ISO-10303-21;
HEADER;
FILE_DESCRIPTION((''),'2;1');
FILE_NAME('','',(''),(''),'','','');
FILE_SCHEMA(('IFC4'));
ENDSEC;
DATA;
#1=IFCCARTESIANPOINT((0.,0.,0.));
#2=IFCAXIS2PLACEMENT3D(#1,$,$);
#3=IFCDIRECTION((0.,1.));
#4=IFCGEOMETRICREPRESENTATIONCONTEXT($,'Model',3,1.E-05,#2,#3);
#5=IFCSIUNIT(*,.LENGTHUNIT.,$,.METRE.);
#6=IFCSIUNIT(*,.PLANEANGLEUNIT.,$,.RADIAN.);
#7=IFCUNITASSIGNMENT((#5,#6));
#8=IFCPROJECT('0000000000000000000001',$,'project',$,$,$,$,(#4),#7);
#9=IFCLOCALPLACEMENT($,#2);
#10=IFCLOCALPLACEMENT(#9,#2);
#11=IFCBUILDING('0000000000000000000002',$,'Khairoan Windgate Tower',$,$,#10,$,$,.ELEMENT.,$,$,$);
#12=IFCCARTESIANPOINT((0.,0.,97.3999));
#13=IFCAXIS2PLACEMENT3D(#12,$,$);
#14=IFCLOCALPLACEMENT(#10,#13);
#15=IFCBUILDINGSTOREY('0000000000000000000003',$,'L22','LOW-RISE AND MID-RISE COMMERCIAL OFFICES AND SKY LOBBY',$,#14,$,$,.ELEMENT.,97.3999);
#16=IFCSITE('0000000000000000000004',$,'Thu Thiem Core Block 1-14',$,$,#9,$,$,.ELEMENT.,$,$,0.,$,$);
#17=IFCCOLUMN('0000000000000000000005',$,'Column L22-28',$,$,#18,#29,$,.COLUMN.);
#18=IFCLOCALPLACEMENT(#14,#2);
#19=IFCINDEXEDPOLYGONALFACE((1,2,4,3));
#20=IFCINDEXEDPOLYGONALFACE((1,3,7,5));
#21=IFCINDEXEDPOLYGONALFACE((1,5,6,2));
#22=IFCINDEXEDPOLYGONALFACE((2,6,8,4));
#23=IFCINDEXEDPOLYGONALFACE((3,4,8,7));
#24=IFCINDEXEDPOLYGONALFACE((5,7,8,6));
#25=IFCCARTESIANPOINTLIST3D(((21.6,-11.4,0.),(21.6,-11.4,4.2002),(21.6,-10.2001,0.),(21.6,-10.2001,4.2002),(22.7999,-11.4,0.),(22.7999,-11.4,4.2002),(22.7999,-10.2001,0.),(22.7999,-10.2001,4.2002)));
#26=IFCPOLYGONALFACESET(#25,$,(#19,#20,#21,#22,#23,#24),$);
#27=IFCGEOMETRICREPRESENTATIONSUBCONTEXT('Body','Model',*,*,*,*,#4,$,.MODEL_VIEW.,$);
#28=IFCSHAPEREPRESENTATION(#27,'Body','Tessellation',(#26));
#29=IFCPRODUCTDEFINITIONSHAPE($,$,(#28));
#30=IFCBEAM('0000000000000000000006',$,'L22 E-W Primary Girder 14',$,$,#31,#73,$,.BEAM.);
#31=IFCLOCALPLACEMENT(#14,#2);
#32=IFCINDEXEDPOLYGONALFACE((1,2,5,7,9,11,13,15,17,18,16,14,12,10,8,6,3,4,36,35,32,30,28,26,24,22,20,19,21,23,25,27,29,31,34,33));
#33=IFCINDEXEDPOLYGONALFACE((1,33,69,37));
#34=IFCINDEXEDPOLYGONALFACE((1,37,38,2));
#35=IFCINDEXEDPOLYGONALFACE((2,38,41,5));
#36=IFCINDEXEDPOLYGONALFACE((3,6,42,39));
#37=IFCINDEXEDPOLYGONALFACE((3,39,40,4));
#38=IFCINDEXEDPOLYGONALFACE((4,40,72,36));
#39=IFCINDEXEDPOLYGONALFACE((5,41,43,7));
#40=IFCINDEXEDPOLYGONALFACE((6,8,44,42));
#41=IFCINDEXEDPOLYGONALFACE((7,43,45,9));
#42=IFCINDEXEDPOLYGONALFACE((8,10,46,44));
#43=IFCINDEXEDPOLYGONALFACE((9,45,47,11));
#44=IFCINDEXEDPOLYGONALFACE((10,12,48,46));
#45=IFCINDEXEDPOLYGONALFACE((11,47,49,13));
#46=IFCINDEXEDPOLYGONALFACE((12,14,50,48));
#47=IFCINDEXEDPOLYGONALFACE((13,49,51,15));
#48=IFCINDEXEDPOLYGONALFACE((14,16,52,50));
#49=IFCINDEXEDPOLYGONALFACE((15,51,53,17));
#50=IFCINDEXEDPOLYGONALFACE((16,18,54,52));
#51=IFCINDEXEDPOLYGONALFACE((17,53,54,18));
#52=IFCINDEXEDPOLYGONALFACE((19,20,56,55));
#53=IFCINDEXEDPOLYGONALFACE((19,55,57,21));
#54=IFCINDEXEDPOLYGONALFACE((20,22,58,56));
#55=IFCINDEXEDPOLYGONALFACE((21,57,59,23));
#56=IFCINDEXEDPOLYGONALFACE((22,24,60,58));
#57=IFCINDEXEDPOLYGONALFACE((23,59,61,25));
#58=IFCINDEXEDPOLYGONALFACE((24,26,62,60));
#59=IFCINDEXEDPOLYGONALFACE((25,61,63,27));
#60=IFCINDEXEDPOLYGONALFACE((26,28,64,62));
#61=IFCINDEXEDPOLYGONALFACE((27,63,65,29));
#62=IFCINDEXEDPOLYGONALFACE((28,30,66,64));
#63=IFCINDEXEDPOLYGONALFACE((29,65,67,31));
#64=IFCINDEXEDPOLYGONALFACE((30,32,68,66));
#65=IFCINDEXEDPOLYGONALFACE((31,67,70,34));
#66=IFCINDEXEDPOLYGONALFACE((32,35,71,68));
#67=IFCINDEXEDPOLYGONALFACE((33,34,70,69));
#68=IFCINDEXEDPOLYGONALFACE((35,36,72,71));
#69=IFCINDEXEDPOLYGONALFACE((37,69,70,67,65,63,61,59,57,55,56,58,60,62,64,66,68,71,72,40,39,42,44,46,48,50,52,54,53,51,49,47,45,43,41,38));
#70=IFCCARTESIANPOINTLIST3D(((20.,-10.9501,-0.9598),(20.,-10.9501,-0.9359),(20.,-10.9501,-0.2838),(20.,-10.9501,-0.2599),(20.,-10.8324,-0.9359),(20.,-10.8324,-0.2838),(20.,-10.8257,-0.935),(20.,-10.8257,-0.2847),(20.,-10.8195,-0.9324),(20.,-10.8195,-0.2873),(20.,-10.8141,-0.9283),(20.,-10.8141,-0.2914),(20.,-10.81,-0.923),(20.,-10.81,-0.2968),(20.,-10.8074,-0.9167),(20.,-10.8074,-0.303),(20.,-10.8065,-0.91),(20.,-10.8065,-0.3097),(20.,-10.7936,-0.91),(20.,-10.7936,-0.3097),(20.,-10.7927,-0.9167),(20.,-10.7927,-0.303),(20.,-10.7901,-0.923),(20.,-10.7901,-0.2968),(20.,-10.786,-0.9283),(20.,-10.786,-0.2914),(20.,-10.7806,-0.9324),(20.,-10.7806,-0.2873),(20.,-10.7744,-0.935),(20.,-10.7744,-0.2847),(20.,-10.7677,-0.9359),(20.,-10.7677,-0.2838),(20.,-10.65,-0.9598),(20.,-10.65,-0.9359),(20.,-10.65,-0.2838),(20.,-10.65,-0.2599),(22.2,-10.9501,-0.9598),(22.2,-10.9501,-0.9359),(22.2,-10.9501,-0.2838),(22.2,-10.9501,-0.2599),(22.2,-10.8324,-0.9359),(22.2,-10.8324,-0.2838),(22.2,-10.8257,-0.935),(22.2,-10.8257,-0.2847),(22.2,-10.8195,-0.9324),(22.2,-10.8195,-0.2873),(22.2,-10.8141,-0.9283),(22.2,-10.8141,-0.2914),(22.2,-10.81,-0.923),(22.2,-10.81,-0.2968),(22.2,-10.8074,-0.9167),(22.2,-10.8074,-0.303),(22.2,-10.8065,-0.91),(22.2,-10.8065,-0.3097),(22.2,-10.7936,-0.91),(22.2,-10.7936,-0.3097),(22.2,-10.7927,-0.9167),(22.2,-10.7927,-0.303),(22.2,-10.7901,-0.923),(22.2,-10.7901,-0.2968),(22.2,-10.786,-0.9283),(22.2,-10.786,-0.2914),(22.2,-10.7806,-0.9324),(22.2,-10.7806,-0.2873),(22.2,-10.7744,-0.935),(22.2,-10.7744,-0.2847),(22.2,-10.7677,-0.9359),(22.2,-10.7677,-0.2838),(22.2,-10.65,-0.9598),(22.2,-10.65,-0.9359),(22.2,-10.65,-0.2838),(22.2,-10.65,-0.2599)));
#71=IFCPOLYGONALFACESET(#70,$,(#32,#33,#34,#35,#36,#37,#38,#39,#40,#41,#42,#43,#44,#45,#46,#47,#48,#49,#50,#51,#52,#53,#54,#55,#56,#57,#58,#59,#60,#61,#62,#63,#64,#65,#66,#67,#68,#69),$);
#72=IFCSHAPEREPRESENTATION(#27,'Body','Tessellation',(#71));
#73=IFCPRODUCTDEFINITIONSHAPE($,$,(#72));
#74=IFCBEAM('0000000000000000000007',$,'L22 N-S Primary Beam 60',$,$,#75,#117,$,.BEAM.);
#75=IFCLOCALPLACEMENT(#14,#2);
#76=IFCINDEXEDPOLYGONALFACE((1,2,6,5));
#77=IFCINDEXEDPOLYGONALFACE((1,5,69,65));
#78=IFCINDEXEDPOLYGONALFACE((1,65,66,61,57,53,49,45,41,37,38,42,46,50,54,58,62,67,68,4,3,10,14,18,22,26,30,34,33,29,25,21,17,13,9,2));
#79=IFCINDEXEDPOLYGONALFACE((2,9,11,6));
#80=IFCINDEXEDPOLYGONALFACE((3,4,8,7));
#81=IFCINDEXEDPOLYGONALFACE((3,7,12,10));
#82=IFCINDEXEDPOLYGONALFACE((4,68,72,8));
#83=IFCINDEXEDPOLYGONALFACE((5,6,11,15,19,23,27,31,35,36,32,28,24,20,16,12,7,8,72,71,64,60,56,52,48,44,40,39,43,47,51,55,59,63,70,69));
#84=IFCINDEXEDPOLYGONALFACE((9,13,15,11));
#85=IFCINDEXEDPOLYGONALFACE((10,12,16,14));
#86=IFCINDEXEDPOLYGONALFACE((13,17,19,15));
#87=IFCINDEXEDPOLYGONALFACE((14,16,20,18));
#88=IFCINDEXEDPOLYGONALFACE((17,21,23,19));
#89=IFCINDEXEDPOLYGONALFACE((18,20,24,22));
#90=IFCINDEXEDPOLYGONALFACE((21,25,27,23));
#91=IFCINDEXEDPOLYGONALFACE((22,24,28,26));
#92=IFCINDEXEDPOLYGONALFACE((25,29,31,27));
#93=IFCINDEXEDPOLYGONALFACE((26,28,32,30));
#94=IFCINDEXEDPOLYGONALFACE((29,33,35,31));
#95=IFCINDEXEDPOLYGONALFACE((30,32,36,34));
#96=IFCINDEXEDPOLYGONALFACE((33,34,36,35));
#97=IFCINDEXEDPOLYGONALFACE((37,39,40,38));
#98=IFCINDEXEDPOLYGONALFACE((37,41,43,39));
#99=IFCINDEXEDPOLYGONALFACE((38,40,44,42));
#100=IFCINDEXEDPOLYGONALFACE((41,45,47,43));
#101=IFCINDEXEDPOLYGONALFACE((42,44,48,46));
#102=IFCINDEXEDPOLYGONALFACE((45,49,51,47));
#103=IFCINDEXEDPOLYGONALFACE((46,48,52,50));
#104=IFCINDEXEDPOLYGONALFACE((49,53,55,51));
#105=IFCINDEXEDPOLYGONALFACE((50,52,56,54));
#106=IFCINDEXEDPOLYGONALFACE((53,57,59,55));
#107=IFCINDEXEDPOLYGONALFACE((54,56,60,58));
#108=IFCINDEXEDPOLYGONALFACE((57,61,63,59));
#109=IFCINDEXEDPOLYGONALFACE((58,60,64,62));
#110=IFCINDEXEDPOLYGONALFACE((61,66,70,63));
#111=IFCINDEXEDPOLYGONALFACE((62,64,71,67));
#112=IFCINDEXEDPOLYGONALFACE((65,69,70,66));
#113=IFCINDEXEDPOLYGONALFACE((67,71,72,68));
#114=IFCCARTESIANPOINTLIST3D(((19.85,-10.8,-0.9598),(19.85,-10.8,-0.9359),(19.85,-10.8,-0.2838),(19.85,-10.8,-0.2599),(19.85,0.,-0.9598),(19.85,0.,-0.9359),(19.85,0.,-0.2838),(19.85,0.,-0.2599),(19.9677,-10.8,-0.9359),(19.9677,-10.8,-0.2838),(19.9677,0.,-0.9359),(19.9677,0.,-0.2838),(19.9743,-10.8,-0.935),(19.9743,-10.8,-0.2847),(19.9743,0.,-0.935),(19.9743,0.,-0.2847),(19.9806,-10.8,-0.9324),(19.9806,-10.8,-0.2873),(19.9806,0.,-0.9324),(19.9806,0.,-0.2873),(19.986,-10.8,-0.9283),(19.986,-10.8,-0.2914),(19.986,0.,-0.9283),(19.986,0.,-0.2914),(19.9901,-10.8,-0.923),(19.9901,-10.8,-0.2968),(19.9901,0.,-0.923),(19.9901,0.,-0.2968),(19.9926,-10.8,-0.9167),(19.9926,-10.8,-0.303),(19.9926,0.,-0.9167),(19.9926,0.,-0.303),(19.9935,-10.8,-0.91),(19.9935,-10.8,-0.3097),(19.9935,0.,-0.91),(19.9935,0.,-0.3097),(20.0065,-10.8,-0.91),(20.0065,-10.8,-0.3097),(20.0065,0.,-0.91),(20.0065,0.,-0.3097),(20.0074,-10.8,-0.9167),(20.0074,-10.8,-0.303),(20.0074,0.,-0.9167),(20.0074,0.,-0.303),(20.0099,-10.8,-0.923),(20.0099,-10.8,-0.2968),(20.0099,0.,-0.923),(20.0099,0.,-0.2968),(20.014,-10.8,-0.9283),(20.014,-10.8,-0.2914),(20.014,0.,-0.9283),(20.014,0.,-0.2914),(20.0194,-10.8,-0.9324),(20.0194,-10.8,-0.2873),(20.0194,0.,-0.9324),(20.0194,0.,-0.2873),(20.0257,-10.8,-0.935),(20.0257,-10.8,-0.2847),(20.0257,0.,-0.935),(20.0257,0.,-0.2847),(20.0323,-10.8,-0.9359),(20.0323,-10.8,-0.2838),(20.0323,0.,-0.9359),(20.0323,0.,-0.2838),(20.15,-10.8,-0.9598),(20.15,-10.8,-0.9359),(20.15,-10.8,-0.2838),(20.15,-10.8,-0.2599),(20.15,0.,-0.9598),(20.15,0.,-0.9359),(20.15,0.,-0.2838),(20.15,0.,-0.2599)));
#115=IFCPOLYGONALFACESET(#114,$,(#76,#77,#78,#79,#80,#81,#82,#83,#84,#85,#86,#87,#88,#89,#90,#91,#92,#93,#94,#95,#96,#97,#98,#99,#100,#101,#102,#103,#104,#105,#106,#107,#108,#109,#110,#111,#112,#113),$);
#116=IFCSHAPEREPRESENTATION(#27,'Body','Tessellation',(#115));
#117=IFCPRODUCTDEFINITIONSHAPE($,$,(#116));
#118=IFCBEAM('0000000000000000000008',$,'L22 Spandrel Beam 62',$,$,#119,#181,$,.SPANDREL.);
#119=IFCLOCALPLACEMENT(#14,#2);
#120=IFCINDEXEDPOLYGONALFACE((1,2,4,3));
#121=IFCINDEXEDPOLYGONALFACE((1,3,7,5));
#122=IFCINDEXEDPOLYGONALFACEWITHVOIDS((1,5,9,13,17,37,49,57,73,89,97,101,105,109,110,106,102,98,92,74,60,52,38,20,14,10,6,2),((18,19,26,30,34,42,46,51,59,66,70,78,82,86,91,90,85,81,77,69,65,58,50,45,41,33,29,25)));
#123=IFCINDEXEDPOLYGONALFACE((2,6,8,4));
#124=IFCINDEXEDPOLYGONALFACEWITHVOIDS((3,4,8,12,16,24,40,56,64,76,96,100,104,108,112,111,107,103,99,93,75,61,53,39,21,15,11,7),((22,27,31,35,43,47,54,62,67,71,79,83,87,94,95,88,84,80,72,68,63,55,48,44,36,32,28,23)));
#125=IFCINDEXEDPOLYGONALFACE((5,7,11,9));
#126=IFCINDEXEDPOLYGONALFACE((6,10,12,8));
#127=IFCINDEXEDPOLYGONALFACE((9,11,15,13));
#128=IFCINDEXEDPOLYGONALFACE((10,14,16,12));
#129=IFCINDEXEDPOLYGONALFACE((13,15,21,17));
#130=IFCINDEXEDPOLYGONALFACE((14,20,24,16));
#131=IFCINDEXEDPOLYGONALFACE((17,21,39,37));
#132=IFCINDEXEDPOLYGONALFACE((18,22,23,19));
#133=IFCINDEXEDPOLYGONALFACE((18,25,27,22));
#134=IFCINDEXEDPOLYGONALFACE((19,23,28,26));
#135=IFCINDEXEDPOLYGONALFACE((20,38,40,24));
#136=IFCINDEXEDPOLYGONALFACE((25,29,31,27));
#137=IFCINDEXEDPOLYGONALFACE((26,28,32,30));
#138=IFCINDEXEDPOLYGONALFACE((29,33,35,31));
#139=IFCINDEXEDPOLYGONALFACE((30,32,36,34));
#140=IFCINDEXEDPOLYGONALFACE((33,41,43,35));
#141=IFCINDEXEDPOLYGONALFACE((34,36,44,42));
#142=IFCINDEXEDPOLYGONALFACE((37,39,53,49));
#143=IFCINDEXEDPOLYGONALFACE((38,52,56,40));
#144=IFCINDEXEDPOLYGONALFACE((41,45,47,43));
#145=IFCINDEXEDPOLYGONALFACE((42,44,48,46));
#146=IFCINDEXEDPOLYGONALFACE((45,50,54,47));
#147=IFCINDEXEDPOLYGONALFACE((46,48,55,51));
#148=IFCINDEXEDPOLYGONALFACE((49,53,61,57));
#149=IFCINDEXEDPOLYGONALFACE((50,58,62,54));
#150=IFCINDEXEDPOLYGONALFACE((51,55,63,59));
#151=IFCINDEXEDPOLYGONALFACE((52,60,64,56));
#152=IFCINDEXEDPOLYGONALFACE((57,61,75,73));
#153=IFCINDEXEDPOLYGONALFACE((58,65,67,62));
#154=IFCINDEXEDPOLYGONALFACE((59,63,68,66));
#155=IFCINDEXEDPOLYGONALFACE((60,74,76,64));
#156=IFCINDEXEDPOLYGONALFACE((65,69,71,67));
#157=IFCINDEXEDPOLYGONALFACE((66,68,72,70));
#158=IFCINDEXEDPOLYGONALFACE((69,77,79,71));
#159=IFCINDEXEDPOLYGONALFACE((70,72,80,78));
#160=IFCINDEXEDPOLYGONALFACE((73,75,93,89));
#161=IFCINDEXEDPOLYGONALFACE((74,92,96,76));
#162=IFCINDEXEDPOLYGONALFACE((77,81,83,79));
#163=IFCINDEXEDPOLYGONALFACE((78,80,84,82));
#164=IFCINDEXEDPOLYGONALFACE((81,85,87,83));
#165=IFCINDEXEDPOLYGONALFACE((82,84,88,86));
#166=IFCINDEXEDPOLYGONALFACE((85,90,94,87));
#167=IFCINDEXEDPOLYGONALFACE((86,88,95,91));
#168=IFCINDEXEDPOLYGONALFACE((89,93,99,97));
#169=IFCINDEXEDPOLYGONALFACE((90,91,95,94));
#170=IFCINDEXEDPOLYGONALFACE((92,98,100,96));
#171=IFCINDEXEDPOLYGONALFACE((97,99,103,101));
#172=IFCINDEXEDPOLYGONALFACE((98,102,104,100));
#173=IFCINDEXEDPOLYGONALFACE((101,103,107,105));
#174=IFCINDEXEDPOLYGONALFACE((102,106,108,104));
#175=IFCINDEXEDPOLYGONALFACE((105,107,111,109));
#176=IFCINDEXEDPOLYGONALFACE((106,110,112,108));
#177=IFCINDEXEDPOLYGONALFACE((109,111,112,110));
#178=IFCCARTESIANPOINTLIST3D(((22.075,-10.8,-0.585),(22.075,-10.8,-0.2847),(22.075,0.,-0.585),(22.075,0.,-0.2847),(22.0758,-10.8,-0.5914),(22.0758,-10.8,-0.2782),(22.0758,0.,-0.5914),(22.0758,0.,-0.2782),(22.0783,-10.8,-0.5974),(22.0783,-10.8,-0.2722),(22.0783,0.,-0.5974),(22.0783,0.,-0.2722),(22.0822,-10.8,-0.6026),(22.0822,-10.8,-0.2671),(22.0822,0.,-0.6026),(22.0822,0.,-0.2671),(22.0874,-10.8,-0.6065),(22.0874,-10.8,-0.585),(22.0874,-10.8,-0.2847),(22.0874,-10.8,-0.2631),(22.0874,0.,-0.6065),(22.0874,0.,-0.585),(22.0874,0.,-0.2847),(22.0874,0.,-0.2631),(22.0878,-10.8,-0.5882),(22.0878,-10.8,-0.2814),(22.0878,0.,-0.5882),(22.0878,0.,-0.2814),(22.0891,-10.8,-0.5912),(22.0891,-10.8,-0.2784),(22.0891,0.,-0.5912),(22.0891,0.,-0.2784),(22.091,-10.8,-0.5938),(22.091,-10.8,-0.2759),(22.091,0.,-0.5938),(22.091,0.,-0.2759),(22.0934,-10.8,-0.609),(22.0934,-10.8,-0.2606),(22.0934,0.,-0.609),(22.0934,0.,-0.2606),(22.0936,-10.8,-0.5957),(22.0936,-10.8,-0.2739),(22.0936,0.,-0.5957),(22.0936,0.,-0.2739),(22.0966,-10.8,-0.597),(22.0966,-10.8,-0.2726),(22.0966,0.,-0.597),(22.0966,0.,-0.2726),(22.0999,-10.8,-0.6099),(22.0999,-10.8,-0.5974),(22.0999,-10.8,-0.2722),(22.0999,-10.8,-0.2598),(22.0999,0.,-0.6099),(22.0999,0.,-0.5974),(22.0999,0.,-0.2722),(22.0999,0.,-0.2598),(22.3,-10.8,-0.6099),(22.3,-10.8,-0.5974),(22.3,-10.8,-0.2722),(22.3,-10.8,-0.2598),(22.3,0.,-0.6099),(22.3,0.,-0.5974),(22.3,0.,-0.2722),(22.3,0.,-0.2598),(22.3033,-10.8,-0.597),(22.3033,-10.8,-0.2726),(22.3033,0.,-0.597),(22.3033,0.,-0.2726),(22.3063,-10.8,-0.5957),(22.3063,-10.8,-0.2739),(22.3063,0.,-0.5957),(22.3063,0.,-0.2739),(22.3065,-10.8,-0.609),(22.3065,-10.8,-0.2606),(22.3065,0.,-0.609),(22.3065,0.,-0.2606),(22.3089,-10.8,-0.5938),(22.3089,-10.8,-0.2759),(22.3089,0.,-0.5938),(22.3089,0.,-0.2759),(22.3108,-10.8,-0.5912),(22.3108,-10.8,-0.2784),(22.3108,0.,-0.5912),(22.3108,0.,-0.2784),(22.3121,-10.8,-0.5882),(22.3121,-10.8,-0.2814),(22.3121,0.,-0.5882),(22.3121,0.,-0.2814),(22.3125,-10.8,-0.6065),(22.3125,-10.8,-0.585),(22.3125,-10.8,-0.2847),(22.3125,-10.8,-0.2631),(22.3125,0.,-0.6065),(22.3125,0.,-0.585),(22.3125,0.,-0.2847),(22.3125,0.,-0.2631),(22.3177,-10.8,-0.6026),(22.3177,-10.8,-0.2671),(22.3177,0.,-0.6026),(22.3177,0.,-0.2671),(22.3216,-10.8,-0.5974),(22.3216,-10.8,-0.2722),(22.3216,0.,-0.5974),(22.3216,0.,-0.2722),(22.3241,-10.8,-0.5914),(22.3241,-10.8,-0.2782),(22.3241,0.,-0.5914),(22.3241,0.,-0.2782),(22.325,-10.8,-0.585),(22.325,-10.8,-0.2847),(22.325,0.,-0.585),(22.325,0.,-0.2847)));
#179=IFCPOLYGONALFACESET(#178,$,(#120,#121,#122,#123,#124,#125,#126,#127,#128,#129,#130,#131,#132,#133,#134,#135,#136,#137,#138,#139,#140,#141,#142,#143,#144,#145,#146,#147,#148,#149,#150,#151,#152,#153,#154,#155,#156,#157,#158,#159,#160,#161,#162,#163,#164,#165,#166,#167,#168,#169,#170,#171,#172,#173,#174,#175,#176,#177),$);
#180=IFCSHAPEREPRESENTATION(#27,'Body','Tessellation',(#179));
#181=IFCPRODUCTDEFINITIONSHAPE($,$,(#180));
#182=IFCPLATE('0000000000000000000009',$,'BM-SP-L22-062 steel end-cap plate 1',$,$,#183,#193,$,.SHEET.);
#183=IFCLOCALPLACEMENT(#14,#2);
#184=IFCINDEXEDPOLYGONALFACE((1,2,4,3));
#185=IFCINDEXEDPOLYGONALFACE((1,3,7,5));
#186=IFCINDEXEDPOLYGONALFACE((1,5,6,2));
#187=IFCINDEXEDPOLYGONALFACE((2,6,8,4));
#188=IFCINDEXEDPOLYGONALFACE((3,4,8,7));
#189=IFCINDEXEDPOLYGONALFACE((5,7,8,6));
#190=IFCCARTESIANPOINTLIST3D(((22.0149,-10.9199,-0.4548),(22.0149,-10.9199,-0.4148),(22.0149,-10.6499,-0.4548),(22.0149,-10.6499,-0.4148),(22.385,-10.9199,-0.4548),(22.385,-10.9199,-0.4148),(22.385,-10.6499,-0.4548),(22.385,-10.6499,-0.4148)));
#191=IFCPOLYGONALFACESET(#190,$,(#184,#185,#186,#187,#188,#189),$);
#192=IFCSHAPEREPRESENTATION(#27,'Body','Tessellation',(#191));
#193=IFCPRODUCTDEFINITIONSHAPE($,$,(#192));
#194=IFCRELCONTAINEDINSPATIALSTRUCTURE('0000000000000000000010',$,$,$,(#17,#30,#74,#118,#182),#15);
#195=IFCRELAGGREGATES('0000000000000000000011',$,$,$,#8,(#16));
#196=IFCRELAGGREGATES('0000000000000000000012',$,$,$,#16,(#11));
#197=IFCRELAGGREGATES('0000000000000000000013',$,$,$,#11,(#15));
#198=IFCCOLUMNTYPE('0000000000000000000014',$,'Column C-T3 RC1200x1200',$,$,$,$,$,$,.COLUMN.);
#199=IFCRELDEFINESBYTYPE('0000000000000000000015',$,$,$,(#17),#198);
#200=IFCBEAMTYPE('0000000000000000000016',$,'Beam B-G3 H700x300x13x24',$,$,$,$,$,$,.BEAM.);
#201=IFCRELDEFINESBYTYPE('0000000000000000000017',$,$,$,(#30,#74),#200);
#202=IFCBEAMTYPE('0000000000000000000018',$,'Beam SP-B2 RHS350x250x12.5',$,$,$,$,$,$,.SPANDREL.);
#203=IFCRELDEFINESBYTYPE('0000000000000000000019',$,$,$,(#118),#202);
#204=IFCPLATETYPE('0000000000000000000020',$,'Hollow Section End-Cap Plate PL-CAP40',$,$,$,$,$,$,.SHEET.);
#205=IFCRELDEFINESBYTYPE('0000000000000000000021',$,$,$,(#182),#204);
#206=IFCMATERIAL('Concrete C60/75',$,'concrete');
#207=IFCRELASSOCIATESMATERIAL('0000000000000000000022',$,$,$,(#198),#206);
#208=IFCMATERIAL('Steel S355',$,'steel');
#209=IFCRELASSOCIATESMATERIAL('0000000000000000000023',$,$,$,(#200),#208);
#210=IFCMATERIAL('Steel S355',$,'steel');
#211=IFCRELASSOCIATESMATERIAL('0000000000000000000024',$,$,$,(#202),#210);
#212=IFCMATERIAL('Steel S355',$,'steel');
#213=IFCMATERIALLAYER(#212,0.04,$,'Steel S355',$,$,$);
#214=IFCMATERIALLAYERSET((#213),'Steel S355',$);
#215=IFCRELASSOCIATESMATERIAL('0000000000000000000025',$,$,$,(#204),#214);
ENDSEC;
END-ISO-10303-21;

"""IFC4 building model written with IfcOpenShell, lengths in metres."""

from ifc_helpers import new_model, si_unit, direction, frame, origin, origin_2d, place, context, subcontext, project, spatial, rectangle, hollow_rectangle, i_section, extrude, material, layer, layer_set, material_profile, profile_set, type_object, element, save


model = new_model("IFC4")

# Units and contexts
model_context = context("Model", 3, precision=1e-05, world=origin(), true_north=direction((0.0, 1.0)))
body_context = subcontext(model_context, "Body", "Model", "MODEL_VIEW")
ifc_project = project(units=[si_unit("LENGTHUNIT", "METRE"), si_unit("PLANEANGLEUNIT", "RADIAN")], contexts=[model_context])

# Site, building, storey
site_placement = place(None, origin())
site = spatial("IfcSite", under=ifc_project, at=site_placement, Name="Thu Thiem Core Block 1-14", CompositionType="ELEMENT", RefElevation=0.0)
building_placement = place(site_placement, origin())
building = spatial("IfcBuilding", under=site, at=building_placement, Name="Khairoan Windgate Tower", CompositionType="ELEMENT")
storey_placement = place(building_placement, frame((0.0, 0.0, 97.3999)))
storey = spatial("IfcBuildingStorey", under=building, at=storey_placement, Name="L22", Description="LOW-RISE AND MID-RISE COMMERCIAL OFFICES AND SKY LOBBY", CompositionType="ELEMENT", Elevation=97.3999)

# Column
ifc_material_1 = material(Name="Concrete C60/75", Category="concrete")
ifc_material_profile_1 = material_profile(ifc_material_1, rectangle(XDim=1.2, YDim=1.2, at=origin_2d()))
ifc_profile_set_1 = profile_set([ifc_material_profile_1], Name="Concrete C60/75")
column_type = type_object("IfcColumnType", Name="Column C-T3 RC1200x1200", PredefinedType="COLUMN", material=ifc_profile_set_1)
column_placement = place(storey_placement, frame((22.2, -10.8, 0.0), z_axis=(0.0, 0.0, 1.0), x_axis=(1.0, 0.0, 0.0)))
element("IfcColumn", 1, at=column_placement, inside=storey, type_object=column_type, Name="Column L22-28", PredefinedType="COLUMN", context=body_context, shape_type="SweptSolid", body=[
    extrude(rectangle(XDim=1.2, YDim=1.2, at=origin_2d()), origin(), (0.0, 0.0, 1.0), 4.2002),
])

# Beams
ifc_material_2 = material(Name="Steel S355", Category="steel")
ifc_material_profile_2 = material_profile(ifc_material_2, i_section(OverallWidth=0.3, OverallDepth=0.7, WebThickness=0.0129, FlangeThickness=0.0239, FilletRadius=0.0259, at=origin_2d()))
ifc_profile_set_2 = profile_set([ifc_material_profile_2], Name="Steel S355")
beam_type_1 = type_object("IfcBeamType", Name="Beam B-G3 H700x300x13x24", PredefinedType="BEAM", material=ifc_profile_set_2)
beam_1_placement = place(storey_placement, frame((20.0, -10.8, -0.6099), z_axis=(1.0, 0.0, 0.0), x_axis=(0.0, 1.0, 0.0)))
element("IfcBeam", 2, at=beam_1_placement, inside=storey, type_object=beam_type_1, Name="L22 E-W Primary Girder 14", PredefinedType="BEAM", context=body_context, shape_type="SweptSolid", body=[
    extrude(i_section(OverallWidth=0.3, OverallDepth=0.7, WebThickness=0.0129, FlangeThickness=0.0239, FilletRadius=0.0259, at=origin_2d()), origin(), (0.0, 0.0, 1.0), 2.2),
])
beam_2_placement = place(storey_placement, frame((20.0, -10.8, -0.6099), z_axis=(0.0, 1.0, 0.0), x_axis=(-1.0, 0.0, 0.0)))
element("IfcBeam", 3, at=beam_2_placement, inside=storey, type_object=beam_type_1, Name="L22 N-S Primary Beam 60", PredefinedType="BEAM", context=body_context, shape_type="SweptSolid", body=[
    extrude(i_section(OverallWidth=0.3, OverallDepth=0.7, WebThickness=0.0129, FlangeThickness=0.0239, FilletRadius=0.0259, at=origin_2d()), origin(), (0.0, 0.0, 1.0), 10.8),
])
ifc_material_3 = material(Name="Steel S355", Category="steel")
ifc_material_profile_3 = material_profile(ifc_material_3, hollow_rectangle(XDim=0.25, YDim=0.3501, WallThickness=0.0125, InnerFilletRadius=0.0125, OuterFilletRadius=0.0249, at=origin_2d()))
ifc_profile_set_3 = profile_set([ifc_material_profile_3], Name="Steel S355")
beam_type_2 = type_object("IfcBeamType", Name="Beam SP-B2 RHS350x250x12.5", PredefinedType="SPANDREL", material=ifc_profile_set_3)
beam_3_placement = place(storey_placement, frame((22.2, -10.8, -0.4348), z_axis=(0.0, 1.0, 0.0), x_axis=(-1.0, 0.0, 0.0)))
element("IfcBeam", 4, at=beam_3_placement, inside=storey, type_object=beam_type_2, Name="L22 Spandrel Beam 62", PredefinedType="SPANDREL", context=body_context, shape_type="SweptSolid", body=[
    extrude(hollow_rectangle(XDim=0.25, YDim=0.3501, WallThickness=0.0125, InnerFilletRadius=0.0125, OuterFilletRadius=0.0249, at=origin_2d()), origin(), (0.0, 0.0, 1.0), 10.8),
])

# Plate
ifc_material_4 = material(Name="Steel S355", Category="steel")
ifc_layer_1 = layer(ifc_material_4, 0.04, Name="Steel S355")
ifc_layer_set_1 = layer_set([ifc_layer_1], Name="Steel S355")
plate_type = type_object("IfcPlateType", Name="Hollow Section End-Cap Plate PL-CAP40", PredefinedType="SHEET", material=ifc_layer_set_1)
plate_placement = place(storey_placement, frame((22.2, -10.7849, -0.4548), z_axis=(0.0, 0.0, 1.0), x_axis=(0.0, 1.0, 0.0)))
element("IfcPlate", 5, at=plate_placement, inside=storey, type_object=plate_type, Name="BM-SP-L22-062 steel end-cap plate 1", PredefinedType="SHEET", context=body_context, shape_type="SweptSolid", body=[
    extrude(rectangle(XDim=0.27, YDim=0.3701, at=origin_2d()), origin(), (0.0, 0.0, 1.0), 0.04),
])

save(model, "model.ifc")
